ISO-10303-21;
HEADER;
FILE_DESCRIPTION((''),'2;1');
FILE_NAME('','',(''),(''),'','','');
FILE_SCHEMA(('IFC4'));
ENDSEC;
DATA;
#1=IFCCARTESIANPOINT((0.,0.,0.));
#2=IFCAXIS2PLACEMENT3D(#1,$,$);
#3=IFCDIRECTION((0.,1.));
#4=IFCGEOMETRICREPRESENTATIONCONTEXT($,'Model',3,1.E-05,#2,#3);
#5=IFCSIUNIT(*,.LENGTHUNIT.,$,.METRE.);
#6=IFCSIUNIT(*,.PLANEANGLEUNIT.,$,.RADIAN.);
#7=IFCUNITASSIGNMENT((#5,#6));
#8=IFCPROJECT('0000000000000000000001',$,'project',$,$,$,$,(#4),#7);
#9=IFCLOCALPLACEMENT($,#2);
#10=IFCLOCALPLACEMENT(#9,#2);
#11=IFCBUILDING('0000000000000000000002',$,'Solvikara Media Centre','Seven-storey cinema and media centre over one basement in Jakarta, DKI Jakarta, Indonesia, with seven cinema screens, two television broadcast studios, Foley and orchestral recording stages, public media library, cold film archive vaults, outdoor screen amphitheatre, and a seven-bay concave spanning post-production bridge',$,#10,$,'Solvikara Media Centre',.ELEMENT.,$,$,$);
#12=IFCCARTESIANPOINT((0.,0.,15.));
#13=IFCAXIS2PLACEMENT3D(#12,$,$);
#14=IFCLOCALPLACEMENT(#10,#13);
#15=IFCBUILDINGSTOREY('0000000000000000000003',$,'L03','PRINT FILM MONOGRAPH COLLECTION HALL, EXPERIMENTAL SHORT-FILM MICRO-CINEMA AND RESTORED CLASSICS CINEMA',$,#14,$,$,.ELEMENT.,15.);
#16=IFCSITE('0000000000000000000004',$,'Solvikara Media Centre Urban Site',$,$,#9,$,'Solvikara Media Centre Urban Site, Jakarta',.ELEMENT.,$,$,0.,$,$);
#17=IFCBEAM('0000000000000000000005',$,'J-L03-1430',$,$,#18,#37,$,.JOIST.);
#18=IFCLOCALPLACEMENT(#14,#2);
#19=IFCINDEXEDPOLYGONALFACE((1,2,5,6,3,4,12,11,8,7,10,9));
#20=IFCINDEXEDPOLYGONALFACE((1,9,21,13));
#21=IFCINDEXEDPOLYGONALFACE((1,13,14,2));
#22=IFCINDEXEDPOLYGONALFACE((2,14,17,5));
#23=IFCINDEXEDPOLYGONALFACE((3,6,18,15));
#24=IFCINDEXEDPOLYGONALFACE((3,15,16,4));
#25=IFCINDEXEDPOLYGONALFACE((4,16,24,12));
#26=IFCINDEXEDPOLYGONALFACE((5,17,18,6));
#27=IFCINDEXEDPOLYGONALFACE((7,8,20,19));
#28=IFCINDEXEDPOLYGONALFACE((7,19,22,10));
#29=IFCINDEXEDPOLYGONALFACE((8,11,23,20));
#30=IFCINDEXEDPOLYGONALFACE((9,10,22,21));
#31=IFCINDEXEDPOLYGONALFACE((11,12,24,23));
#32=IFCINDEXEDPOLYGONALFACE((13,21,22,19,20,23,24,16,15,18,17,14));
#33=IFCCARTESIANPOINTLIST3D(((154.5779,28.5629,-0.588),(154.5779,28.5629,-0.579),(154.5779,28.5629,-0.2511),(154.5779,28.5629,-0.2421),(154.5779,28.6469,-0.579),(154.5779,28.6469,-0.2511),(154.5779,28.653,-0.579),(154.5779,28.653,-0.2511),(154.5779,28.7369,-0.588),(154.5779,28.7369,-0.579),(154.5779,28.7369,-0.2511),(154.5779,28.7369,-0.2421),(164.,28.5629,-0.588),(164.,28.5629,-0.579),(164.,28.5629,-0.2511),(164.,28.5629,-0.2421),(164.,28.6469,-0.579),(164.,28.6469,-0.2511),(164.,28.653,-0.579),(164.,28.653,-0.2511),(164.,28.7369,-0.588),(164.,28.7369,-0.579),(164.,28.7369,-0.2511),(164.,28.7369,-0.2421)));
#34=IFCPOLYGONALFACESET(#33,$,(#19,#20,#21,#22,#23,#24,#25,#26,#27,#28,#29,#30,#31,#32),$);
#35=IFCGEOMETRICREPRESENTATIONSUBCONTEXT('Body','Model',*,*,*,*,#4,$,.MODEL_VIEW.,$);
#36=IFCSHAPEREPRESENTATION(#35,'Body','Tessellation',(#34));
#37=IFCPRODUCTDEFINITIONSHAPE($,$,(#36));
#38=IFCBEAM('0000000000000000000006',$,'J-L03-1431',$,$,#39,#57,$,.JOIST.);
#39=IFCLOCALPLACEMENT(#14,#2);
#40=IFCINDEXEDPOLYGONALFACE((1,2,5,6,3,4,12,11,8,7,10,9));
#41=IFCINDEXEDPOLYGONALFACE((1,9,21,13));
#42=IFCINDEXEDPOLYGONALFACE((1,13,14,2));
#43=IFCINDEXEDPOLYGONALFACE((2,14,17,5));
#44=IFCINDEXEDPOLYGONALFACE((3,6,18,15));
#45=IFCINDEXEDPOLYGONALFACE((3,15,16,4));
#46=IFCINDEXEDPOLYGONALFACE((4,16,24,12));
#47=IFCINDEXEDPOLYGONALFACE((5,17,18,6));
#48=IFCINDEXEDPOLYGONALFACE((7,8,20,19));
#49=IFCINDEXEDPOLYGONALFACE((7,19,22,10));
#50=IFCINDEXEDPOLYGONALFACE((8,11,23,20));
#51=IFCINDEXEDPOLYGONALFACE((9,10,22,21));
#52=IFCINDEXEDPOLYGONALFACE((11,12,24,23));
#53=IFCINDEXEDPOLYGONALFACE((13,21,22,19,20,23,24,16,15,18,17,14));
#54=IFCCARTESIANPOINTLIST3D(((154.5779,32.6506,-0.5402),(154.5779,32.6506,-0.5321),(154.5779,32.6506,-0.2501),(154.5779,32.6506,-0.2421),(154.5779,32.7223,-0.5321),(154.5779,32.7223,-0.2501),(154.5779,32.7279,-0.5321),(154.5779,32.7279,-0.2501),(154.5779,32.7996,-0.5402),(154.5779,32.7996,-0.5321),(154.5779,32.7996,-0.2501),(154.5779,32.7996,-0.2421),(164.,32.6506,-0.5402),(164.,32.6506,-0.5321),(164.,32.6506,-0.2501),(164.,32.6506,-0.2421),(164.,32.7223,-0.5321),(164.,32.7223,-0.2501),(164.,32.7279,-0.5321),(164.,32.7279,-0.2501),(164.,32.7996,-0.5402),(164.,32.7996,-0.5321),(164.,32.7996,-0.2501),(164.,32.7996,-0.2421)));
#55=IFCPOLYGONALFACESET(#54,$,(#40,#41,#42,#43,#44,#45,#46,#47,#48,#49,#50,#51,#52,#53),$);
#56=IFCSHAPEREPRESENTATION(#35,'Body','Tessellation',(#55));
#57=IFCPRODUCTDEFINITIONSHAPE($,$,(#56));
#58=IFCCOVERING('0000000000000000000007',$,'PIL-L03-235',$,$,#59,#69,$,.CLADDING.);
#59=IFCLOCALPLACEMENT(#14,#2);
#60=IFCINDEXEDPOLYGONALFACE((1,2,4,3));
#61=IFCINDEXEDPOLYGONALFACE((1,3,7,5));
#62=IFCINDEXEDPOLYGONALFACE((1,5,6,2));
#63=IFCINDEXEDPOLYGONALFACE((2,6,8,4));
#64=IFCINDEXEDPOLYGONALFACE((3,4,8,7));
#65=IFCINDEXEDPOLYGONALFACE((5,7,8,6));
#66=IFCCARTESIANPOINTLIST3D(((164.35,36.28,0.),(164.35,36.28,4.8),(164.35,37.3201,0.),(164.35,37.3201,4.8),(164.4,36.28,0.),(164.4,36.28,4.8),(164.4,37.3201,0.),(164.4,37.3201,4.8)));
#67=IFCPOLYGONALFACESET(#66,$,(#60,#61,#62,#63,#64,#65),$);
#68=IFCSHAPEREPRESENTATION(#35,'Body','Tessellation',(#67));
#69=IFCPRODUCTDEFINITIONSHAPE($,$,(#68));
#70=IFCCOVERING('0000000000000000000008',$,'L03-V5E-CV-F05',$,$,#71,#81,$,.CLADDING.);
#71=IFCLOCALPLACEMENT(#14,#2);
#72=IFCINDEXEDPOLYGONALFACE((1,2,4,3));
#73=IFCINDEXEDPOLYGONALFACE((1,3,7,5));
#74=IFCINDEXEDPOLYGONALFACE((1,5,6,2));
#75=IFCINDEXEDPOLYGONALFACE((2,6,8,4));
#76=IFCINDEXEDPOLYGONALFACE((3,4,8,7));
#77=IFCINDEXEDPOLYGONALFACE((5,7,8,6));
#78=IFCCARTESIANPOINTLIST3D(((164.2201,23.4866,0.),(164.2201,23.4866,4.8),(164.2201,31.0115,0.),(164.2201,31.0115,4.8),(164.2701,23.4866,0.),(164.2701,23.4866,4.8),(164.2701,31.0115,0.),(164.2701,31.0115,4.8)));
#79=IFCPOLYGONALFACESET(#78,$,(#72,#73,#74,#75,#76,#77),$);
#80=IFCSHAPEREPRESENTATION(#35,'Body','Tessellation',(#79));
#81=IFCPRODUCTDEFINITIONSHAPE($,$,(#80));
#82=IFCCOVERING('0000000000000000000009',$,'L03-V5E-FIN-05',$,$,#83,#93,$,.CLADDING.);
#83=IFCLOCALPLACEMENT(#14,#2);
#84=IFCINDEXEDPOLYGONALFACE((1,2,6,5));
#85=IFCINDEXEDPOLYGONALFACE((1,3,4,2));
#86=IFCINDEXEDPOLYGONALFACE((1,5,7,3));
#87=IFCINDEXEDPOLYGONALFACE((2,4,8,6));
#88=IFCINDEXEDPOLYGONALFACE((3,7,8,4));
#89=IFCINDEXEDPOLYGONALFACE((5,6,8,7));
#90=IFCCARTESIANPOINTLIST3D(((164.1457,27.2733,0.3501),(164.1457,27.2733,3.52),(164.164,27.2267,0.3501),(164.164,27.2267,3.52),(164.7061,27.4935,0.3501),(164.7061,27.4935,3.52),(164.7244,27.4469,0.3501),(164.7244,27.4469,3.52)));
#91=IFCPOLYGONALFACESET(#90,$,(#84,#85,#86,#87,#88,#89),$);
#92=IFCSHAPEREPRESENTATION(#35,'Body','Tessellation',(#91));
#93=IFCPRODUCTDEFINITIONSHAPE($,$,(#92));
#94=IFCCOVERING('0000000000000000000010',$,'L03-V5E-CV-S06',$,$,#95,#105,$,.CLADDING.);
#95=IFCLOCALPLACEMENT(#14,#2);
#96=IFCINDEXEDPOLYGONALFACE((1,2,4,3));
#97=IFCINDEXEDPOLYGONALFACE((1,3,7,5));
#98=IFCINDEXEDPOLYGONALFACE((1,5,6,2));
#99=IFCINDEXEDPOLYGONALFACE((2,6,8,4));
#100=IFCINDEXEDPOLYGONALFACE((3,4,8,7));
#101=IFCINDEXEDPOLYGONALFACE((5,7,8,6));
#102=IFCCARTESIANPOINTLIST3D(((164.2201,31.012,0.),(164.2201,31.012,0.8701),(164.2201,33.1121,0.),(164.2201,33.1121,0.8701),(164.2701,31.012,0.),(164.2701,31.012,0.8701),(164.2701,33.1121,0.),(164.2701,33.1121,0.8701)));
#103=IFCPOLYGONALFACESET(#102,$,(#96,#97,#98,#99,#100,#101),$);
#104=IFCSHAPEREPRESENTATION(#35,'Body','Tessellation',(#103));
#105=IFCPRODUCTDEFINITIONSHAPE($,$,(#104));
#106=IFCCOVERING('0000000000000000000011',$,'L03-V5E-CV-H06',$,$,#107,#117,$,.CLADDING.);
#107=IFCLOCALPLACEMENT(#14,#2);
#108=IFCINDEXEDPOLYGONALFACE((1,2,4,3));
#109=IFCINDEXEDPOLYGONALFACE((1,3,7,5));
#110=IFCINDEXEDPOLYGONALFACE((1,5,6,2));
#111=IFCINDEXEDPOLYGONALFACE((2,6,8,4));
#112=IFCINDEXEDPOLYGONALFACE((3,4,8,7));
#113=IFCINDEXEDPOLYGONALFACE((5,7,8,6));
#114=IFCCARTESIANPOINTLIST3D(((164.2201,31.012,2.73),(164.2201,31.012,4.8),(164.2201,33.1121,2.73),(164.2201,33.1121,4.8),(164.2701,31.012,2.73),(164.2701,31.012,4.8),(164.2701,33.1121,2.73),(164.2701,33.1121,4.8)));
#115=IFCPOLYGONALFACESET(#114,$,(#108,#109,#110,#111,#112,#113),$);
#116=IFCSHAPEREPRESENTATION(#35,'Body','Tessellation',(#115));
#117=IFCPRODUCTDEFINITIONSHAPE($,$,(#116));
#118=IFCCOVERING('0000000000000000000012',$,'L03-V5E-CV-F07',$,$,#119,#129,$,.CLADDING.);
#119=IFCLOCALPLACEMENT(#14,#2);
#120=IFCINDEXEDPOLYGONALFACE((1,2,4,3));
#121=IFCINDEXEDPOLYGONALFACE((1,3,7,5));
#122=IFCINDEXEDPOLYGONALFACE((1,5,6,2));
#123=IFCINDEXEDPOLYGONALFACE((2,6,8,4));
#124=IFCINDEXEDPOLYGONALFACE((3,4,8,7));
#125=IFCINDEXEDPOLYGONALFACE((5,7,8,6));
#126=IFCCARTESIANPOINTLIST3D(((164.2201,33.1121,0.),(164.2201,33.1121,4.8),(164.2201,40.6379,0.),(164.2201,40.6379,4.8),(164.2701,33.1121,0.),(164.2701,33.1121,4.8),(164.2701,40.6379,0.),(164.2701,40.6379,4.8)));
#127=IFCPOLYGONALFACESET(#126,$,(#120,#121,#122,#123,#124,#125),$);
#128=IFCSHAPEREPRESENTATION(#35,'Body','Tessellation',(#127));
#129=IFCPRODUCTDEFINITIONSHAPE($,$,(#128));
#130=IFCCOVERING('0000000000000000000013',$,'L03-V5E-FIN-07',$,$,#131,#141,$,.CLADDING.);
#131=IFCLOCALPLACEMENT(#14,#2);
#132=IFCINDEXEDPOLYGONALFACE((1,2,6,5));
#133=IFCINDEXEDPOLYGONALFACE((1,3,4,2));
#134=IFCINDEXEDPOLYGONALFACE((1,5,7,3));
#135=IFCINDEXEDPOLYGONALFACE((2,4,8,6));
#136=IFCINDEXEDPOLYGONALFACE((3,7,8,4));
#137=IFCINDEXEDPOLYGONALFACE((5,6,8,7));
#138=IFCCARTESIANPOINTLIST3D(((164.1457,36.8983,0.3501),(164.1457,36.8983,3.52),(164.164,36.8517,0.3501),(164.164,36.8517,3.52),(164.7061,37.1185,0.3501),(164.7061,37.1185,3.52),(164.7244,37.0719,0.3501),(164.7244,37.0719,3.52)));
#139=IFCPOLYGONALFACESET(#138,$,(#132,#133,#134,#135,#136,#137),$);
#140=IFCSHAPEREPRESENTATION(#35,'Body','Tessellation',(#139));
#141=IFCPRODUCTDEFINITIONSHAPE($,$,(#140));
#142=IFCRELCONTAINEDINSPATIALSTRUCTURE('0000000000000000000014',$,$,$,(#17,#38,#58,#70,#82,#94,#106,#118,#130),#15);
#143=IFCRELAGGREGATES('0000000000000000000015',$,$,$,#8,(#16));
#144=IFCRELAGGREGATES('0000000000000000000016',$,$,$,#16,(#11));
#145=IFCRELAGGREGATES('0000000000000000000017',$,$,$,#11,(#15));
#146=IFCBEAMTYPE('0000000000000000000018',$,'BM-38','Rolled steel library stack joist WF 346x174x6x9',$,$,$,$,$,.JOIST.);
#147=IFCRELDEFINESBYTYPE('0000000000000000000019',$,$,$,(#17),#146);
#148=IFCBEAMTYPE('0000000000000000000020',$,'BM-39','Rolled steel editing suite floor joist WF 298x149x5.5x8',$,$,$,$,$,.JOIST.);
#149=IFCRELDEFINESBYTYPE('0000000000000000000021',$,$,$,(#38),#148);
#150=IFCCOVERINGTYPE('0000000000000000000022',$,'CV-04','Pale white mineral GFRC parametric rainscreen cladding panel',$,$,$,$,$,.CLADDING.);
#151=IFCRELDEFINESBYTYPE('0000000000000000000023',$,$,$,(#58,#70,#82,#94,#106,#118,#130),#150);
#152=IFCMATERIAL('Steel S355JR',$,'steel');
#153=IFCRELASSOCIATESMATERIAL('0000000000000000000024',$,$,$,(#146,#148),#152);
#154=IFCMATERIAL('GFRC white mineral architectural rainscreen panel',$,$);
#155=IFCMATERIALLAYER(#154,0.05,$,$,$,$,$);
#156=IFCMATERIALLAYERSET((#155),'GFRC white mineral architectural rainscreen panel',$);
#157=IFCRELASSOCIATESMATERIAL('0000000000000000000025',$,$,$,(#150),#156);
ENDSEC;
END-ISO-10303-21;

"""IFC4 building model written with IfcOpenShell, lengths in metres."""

from ifc_helpers import new_model, si_unit, direction, frame, origin, origin_2d, place, context, subcontext, project, spatial, rectangle, i_section, extrude, material, layer, layer_set, material_profile, profile_set, type_object, element, save


model = new_model("IFC4")

# Units and contexts
model_context = context("Model", 3, precision=1e-05, world=origin(), true_north=direction((0.0, 1.0)))
body_context = subcontext(model_context, "Body", "Model", "MODEL_VIEW")
ifc_project = project(units=[si_unit("LENGTHUNIT", "METRE"), si_unit("PLANEANGLEUNIT", "RADIAN")], contexts=[model_context])

# Site, building, storey
site_placement = place(None, origin())
site = spatial("IfcSite", under=ifc_project, at=site_placement, Name="Solvikara Media Centre Urban Site", LongName="Solvikara Media Centre Urban Site, Jakarta", CompositionType="ELEMENT", RefElevation=0.0)
building_placement = place(site_placement, origin())
building = spatial("IfcBuilding", under=site, at=building_placement, Name="Solvikara Media Centre", Description="Seven-storey cinema and media centre over one basement in Jakarta, DKI Jakarta, Indonesia, with seven cinema screens, two television broadcast studios, Foley and orchestral recording stages, public media library, cold film archive vaults, outdoor screen amphitheatre, and a seven-bay concave spanning post-production bridge", LongName="Solvikara Media Centre", CompositionType="ELEMENT")
storey_placement = place(building_placement, frame((0.0, 0.0, 15.0)))
storey = spatial("IfcBuildingStorey", under=building, at=storey_placement, Name="L03", Description="PRINT FILM MONOGRAPH COLLECTION HALL, EXPERIMENTAL SHORT-FILM MICRO-CINEMA AND RESTORED CLASSICS CINEMA", CompositionType="ELEMENT", Elevation=15.0)

# Beams
ifc_material_1 = material(Name="Steel S355JR", Category="steel")
ifc_material_profile_1 = material_profile(ifc_material_1, i_section(OverallWidth=0.1741, OverallDepth=0.3459, WebThickness=0.0061, FlangeThickness=0.009, at=origin_2d()), Name="WF 346x174x6x9")
ifc_profile_set_1 = profile_set([ifc_material_profile_1], Name="Steel S355JR")
beam_type_1 = type_object("IfcBeamType", Name="BM-38", Description="Rolled steel library stack joist WF 346x174x6x9", PredefinedType="JOIST", material=ifc_profile_set_1)
beam_1_placement = place(storey_placement, frame((154.5779, 28.6499, -0.415), z_axis=(1.0, 0.0, 0.0), x_axis=(0.0, 1.0, 0.0)))
element("IfcBeam", 1, at=beam_1_placement, inside=storey, type_object=beam_type_1, Name="J-L03-1430", PredefinedType="JOIST", context=body_context, shape_type="SweptSolid", body=[
    extrude(i_section(OverallWidth=0.1741, OverallDepth=0.3459, WebThickness=0.0061, FlangeThickness=0.009, at=origin_2d()), origin(), (0.0, 0.0, 1.0), 9.4221),
])
ifc_material_profile_2 = material_profile(ifc_material_1, i_section(OverallWidth=0.1489, OverallDepth=0.2981, WebThickness=0.0056, FlangeThickness=0.0081, at=origin_2d()), Name="WF 298x149x5.5x8")
ifc_profile_set_2 = profile_set([ifc_material_profile_2], Name="Steel S355JR")
beam_type_2 = type_object("IfcBeamType", Name="BM-39", Description="Rolled steel editing suite floor joist WF 298x149x5.5x8", PredefinedType="JOIST", material=ifc_profile_set_2)
beam_2_placement = place(storey_placement, frame((154.5779, 32.7251, -0.3911), z_axis=(1.0, 0.0, 0.0), x_axis=(0.0, 1.0, 0.0)))
element("IfcBeam", 2, at=beam_2_placement, inside=storey, type_object=beam_type_2, Name="J-L03-1431", PredefinedType="JOIST", context=body_context, shape_type="SweptSolid", body=[
    extrude(i_section(OverallWidth=0.1489, OverallDepth=0.2981, WebThickness=0.0056, FlangeThickness=0.0081, at=origin_2d()), origin(), (0.0, 0.0, 1.0), 9.4221),
])

# Coverings
ifc_material_2 = material(Name="GFRC white mineral architectural rainscreen panel")
ifc_layer = layer(ifc_material_2, 0.05)
ifc_layer_set = layer_set([ifc_layer], Name="GFRC white mineral architectural rainscreen panel")
covering_type = type_object("IfcCoveringType", Name="CV-04", Description="Pale white mineral GFRC parametric rainscreen cladding panel", PredefinedType="CLADDING", material=ifc_layer_set)
covering_1_placement = place(storey_placement, frame((164.375, 36.8, 0.0), z_axis=(0.0, 0.0, 1.0), x_axis=(0.0, 1.0, 0.0)))
element("IfcCovering", 3, at=covering_1_placement, inside=storey, type_object=covering_type, Name="PIL-L03-235", PredefinedType="CLADDING", context=body_context, shape_type="SweptSolid", body=[
    extrude(rectangle(XDim=1.04, YDim=0.05, at=origin_2d()), origin(), (0.0, 0.0, 1.0), 4.8),
])
covering_2_placement = place(storey_placement, frame((164.2451, 27.249, 0.0), z_axis=(0.0, 0.0, 1.0), x_axis=(0.0, 1.0, 0.0)))
element("IfcCovering", 4, at=covering_2_placement, inside=storey, type_object=covering_type, Name="L03-V5E-CV-F05", PredefinedType="CLADDING", context=body_context, shape_type="SweptSolid", body=[
    extrude(rectangle(XDim=7.5249, YDim=0.05, at=origin_2d()), origin(), (0.0, 0.0, 1.0), 4.8),
])
covering_3_placement = place(storey_placement, frame((164.4351, 27.3601, 0.3501), z_axis=(0.0, 0.0, 1.0), x_axis=(0.93075, 0.365657, 0.0)))
element("IfcCovering", 5, at=covering_3_placement, inside=storey, type_object=covering_type, Name="L03-V5E-FIN-05", PredefinedType="CLADDING", context=body_context, shape_type="SweptSolid", body=[
    extrude(rectangle(XDim=0.6021, YDim=0.05, at=origin_2d()), origin(), (0.0, 0.0, 1.0), 3.1699),
])
covering_4_placement = place(storey_placement, frame((164.2451, 32.062, 0.0), z_axis=(0.0, 0.0, 1.0), x_axis=(0.0, 1.0, 0.0)))
element("IfcCovering", 6, at=covering_4_placement, inside=storey, type_object=covering_type, Name="L03-V5E-CV-S06", PredefinedType="CLADDING", context=body_context, shape_type="SweptSolid", body=[
    extrude(rectangle(XDim=2.1001, YDim=0.05, at=origin_2d()), origin(), (0.0, 0.0, 1.0), 0.8701),
])
covering_5_placement = place(storey_placement, frame((164.2451, 32.062, 2.73), z_axis=(0.0, 0.0, 1.0), x_axis=(0.0, 1.0, 0.0)))
element("IfcCovering", 7, at=covering_5_placement, inside=storey, type_object=covering_type, Name="L03-V5E-CV-H06", PredefinedType="CLADDING", context=body_context, shape_type="SweptSolid", body=[
    extrude(rectangle(XDim=2.1001, YDim=0.05, at=origin_2d()), origin(), (0.0, 0.0, 1.0), 2.0701),
])
covering_6_placement = place(storey_placement, frame((164.2451, 36.875, 0.0), z_axis=(0.0, 0.0, 1.0), x_axis=(0.0, 1.0, 0.0)))
element("IfcCovering", 8, at=covering_6_placement, inside=storey, type_object=covering_type, Name="L03-V5E-CV-F07", PredefinedType="CLADDING", context=body_context, shape_type="SweptSolid", body=[
    extrude(rectangle(XDim=7.5259, YDim=0.05, at=origin_2d()), origin(), (0.0, 0.0, 1.0), 4.8),
])
covering_7_placement = place(storey_placement, frame((164.4351, 36.9851, 0.3501), z_axis=(0.0, 0.0, 1.0), x_axis=(0.93075, 0.365657, 0.0)))
element("IfcCovering", 9, at=covering_7_placement, inside=storey, type_object=covering_type, Name="L03-V5E-FIN-07", PredefinedType="CLADDING", context=body_context, shape_type="SweptSolid", body=[
    extrude(rectangle(XDim=0.6021, YDim=0.05, at=origin_2d()), origin(), (0.0, 0.0, 1.0), 3.1699),
])

save(model, "model.ifc")
